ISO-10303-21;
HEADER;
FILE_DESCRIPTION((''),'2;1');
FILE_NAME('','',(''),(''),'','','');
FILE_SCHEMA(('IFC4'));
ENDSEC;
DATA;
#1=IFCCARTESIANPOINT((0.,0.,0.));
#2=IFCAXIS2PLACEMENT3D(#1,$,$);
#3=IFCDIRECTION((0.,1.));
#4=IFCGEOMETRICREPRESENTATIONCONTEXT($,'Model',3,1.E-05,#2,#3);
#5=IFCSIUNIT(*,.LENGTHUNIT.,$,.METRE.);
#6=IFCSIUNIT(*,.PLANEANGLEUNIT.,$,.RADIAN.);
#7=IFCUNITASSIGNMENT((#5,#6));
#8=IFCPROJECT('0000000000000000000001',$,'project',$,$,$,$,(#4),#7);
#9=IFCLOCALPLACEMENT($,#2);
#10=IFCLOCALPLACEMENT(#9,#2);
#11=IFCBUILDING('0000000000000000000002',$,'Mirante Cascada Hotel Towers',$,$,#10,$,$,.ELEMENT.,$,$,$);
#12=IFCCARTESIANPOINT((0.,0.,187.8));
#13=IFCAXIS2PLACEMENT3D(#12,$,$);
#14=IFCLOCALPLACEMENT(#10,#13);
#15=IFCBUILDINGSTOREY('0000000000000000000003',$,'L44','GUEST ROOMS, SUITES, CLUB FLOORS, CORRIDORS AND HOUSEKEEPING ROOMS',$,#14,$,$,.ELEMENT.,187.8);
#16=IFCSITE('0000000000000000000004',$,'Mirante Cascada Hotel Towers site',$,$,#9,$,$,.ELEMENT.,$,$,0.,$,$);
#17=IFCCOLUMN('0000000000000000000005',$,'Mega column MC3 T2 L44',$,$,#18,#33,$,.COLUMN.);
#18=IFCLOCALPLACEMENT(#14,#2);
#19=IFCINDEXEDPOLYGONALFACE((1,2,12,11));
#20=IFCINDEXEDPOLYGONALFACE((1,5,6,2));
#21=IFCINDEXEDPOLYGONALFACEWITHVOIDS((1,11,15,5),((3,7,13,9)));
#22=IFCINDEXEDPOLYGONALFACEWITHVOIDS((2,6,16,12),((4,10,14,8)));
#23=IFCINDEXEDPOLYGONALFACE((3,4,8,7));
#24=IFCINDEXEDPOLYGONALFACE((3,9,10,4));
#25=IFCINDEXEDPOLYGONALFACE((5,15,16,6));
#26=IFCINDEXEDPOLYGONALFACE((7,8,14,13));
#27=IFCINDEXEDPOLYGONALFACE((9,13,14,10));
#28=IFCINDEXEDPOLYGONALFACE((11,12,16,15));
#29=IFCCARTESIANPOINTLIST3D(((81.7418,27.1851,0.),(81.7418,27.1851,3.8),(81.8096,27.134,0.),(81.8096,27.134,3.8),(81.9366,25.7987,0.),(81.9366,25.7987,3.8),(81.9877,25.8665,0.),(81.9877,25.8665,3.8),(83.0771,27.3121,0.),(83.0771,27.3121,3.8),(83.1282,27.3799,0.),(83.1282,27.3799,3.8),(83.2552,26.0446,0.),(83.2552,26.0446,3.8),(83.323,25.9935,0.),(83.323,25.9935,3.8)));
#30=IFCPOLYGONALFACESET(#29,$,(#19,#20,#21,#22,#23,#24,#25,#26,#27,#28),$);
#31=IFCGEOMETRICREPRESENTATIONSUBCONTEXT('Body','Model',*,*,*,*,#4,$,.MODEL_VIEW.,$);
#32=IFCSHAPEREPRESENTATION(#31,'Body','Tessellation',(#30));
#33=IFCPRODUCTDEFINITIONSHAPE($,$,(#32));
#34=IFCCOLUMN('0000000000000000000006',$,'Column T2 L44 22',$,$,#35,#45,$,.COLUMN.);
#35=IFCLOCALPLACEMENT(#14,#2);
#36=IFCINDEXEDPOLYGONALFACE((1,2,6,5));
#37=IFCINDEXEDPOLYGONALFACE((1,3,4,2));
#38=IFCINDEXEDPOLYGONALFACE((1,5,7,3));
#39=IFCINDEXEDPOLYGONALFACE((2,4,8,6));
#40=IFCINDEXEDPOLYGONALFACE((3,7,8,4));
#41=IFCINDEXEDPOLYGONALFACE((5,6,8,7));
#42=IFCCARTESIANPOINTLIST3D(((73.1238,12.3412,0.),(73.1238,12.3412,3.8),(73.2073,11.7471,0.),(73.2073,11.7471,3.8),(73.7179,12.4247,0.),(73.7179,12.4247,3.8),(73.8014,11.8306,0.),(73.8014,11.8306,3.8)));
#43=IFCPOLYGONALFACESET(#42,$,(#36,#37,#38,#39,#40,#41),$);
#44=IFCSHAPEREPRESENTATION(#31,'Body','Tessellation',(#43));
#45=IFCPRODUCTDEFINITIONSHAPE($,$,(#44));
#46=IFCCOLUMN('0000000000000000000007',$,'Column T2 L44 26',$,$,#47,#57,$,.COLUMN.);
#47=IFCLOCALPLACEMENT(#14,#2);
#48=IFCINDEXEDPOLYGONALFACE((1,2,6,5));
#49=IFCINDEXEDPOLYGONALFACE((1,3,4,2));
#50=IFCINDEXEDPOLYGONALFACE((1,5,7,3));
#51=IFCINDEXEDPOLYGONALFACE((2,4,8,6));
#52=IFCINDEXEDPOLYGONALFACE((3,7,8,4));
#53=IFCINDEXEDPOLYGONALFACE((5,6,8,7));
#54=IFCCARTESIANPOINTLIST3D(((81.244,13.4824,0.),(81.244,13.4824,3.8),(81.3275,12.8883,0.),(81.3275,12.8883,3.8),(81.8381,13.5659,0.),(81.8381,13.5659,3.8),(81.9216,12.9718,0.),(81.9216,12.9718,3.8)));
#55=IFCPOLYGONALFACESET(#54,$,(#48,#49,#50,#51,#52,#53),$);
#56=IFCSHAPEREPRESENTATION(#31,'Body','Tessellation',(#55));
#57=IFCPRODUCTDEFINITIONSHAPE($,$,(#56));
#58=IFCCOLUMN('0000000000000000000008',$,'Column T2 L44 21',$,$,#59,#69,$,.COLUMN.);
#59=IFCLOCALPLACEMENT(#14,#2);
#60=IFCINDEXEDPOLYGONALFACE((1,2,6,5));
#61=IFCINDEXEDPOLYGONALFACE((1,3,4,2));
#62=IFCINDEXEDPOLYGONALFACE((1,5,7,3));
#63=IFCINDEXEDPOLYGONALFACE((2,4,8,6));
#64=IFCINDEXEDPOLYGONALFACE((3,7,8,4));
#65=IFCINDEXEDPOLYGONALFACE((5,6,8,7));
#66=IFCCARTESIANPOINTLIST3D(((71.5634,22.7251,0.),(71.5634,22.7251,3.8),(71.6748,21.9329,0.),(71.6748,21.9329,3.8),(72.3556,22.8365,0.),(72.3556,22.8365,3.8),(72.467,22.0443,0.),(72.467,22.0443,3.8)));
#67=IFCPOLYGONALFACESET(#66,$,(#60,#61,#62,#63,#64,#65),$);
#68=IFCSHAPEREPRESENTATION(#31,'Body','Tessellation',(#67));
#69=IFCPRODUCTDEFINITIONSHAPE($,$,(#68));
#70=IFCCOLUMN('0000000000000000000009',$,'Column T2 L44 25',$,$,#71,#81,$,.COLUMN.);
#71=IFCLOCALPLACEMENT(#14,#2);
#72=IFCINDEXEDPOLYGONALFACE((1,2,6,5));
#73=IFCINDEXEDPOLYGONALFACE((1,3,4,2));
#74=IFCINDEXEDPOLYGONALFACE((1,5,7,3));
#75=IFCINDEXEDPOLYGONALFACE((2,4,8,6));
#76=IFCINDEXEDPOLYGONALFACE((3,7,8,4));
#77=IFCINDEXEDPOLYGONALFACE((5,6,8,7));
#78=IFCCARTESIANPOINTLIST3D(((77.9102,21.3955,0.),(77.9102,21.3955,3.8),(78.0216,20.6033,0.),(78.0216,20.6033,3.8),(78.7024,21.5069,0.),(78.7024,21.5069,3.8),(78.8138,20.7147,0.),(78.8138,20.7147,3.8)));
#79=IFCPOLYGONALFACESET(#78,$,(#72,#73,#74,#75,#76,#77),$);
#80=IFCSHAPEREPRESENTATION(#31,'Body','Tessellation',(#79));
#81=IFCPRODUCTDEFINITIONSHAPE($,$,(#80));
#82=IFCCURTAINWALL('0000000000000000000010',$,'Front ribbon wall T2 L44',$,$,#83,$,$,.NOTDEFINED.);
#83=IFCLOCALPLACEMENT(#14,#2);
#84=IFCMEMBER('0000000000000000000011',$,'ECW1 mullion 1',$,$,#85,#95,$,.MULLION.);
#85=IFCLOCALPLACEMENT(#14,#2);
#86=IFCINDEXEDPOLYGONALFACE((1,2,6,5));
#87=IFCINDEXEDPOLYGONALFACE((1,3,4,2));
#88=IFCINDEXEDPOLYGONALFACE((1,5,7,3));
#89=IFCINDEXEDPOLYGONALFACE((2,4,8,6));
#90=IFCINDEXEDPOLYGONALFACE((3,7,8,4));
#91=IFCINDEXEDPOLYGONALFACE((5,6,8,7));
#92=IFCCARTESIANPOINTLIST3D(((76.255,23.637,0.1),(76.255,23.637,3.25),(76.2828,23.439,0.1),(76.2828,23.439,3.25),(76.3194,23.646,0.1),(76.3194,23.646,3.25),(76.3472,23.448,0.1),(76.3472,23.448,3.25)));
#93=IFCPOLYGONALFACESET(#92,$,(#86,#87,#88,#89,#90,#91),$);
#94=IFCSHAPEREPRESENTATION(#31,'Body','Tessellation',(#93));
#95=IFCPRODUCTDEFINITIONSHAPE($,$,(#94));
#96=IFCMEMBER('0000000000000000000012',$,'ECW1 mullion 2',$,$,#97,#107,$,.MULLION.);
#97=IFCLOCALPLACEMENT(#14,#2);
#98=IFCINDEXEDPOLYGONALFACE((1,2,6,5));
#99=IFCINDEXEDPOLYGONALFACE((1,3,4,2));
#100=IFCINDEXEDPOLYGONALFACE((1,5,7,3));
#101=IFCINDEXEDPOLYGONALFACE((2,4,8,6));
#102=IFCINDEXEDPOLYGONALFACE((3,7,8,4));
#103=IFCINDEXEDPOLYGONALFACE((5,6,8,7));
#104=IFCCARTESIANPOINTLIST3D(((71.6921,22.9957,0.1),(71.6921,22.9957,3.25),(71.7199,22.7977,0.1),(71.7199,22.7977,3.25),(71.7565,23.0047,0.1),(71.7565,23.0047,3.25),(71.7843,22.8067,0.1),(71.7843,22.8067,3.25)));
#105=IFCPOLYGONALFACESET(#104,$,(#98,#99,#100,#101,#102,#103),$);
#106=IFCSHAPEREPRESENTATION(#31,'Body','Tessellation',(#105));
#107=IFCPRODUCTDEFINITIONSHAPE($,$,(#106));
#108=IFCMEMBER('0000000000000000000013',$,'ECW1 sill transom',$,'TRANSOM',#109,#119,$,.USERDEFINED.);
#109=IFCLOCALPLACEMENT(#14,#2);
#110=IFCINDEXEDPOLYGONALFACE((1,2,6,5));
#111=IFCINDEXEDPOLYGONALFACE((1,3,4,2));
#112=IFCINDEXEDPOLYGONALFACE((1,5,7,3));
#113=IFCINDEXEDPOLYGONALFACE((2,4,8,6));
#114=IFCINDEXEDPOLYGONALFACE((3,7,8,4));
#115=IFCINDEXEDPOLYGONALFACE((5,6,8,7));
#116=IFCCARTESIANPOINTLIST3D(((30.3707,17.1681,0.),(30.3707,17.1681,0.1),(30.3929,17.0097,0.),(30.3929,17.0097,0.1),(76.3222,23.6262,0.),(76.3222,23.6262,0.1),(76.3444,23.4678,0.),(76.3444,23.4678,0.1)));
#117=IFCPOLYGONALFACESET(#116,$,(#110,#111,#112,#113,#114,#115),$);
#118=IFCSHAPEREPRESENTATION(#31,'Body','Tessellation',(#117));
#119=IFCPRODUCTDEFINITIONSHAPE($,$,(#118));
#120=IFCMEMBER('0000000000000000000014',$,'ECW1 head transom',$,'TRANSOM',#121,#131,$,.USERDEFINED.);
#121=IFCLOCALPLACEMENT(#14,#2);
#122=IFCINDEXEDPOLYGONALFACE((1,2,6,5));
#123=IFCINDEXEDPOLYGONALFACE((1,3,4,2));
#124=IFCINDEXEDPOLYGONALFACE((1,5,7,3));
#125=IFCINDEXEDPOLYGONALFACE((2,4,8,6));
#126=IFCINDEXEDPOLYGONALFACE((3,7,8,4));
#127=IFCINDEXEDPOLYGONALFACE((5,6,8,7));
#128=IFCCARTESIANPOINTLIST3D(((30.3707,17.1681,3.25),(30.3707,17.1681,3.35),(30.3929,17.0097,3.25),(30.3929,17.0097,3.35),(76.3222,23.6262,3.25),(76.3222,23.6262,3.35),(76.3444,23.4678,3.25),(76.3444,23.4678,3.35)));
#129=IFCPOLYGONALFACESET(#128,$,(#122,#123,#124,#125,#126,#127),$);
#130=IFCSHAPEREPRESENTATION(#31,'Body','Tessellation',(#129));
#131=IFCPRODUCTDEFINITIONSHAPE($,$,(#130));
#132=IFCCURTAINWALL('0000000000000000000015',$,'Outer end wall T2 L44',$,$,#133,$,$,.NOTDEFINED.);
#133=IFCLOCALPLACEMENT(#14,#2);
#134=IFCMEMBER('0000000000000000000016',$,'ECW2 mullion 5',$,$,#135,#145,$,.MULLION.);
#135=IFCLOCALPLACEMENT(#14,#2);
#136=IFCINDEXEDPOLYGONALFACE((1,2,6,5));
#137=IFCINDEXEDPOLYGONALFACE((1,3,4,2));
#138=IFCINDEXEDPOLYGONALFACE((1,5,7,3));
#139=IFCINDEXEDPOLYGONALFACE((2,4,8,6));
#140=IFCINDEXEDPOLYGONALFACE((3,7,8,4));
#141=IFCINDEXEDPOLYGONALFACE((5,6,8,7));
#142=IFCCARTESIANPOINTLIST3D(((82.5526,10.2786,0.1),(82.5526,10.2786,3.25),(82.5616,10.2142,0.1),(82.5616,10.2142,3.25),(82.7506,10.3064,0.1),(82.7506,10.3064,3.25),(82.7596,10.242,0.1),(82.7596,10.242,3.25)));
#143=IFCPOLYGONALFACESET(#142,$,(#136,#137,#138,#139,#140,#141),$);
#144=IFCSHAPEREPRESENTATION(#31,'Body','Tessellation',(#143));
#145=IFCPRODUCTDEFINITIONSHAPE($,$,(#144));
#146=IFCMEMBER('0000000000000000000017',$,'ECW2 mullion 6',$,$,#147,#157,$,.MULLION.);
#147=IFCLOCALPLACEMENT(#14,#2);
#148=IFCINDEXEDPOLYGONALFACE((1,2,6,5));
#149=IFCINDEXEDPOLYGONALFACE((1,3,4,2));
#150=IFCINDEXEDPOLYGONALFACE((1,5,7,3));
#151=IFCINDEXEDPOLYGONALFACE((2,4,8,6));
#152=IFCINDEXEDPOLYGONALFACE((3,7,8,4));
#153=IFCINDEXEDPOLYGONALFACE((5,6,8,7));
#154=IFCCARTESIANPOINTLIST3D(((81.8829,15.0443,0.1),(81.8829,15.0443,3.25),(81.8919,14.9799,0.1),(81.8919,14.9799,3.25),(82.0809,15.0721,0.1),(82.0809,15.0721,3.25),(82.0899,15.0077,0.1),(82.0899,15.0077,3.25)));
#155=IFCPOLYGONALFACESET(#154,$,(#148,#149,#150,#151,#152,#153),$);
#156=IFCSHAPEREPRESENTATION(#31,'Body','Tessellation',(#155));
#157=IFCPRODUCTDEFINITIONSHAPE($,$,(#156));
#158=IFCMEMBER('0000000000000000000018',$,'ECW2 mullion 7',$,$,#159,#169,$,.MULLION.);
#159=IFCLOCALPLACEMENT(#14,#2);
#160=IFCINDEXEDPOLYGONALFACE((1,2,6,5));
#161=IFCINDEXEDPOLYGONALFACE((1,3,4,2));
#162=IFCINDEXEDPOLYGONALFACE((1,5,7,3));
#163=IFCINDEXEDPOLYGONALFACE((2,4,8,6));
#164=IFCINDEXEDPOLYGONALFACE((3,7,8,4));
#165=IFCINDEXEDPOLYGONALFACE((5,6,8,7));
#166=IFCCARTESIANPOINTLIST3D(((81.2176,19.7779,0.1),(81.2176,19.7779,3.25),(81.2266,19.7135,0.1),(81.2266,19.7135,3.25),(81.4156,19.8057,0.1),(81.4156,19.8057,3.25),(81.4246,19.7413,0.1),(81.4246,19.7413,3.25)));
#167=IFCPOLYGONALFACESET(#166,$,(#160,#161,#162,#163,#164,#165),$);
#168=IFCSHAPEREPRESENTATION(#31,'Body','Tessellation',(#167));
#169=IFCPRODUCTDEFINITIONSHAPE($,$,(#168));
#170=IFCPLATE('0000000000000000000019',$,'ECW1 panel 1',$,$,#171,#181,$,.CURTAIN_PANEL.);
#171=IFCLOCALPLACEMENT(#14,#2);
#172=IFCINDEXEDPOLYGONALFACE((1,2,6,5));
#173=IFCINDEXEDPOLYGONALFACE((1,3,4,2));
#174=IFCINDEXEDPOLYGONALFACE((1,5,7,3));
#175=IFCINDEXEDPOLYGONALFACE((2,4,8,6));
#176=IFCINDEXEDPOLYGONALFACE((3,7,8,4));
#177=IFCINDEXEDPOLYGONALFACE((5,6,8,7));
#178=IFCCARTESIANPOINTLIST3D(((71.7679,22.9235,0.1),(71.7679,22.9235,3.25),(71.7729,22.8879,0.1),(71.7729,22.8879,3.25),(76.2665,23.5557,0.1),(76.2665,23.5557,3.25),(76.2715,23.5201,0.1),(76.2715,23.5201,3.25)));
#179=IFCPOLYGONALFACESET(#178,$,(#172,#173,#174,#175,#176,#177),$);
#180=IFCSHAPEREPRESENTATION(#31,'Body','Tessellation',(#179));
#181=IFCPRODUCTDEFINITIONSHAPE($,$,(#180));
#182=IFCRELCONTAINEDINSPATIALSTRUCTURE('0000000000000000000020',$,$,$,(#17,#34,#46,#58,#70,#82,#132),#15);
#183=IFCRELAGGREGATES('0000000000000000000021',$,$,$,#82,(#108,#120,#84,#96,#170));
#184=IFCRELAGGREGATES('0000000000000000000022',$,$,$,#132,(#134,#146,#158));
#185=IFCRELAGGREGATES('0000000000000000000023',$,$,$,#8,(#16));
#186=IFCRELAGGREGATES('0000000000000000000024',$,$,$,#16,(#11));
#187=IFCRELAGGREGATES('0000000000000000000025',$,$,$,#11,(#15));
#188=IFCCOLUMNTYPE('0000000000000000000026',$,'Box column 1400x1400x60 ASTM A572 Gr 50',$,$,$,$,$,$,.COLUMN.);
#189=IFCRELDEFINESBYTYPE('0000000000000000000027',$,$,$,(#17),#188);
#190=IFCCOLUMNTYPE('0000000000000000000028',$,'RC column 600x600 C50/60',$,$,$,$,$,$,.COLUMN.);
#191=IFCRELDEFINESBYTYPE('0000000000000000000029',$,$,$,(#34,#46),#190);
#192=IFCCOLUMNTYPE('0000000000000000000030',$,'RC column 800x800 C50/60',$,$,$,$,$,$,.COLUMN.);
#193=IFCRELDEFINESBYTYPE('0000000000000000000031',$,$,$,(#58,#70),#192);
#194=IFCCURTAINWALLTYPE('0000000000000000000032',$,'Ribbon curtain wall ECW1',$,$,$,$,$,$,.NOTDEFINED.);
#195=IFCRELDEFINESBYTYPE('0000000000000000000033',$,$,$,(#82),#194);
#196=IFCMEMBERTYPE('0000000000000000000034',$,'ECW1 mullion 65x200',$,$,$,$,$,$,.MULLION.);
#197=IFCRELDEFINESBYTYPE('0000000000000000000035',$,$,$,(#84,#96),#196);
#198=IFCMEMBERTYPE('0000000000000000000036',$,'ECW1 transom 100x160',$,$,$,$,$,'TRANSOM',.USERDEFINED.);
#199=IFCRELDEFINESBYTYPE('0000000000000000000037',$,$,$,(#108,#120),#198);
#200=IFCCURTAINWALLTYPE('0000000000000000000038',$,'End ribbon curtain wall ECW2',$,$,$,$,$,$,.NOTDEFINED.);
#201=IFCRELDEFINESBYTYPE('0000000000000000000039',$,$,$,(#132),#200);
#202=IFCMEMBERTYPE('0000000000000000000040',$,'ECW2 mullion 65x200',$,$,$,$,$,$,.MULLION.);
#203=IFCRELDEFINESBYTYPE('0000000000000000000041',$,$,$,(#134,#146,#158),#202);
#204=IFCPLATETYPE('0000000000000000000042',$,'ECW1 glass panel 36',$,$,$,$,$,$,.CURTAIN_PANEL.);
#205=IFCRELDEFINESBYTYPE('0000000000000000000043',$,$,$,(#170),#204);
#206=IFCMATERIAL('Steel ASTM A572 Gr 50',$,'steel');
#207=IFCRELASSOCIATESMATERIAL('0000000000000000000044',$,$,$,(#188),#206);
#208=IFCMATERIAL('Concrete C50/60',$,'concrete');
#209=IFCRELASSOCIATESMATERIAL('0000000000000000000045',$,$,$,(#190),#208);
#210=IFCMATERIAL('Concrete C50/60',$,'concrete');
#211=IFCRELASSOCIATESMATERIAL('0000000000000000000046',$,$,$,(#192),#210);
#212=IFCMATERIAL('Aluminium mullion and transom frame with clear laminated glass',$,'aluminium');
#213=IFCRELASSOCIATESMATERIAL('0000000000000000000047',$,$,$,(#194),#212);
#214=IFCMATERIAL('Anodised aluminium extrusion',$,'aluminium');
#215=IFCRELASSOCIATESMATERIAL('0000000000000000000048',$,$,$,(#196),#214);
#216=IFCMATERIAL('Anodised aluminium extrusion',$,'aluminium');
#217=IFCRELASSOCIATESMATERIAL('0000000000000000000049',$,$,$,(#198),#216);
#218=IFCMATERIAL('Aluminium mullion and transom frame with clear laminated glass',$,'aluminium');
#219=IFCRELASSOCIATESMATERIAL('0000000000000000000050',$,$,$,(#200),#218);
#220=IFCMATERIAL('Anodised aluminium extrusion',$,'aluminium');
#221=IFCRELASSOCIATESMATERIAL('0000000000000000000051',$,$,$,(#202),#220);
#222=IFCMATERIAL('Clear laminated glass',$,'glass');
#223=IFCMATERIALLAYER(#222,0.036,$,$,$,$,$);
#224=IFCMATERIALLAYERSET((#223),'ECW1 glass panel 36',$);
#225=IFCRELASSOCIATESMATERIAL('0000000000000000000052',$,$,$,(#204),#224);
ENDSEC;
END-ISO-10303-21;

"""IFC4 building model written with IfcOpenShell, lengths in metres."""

from ifc_helpers import new_model, si_unit, direction, frame, origin, origin_2d, place, context, subcontext, project, spatial, rectangle, hollow_rectangle, extrude, material, layer, layer_set, material_profile, profile_set, type_object, element, aggregate, save


model = new_model("IFC4")

# Units and contexts
model_context = context("Model", 3, precision=1e-05, world=origin(), true_north=direction((0.0, 1.0)))
body_context = subcontext(model_context, "Body", "Model", "MODEL_VIEW")
ifc_project = project(units=[si_unit("LENGTHUNIT", "METRE"), si_unit("PLANEANGLEUNIT", "RADIAN")], contexts=[model_context])

# Site, building, storey
site_placement = place(None, origin())
site = spatial("IfcSite", under=ifc_project, at=site_placement, Name="Mirante Cascada Hotel Towers site", CompositionType="ELEMENT", RefElevation=0.0)
building_placement = place(site_placement, origin())
building = spatial("IfcBuilding", under=site, at=building_placement, Name="Mirante Cascada Hotel Towers", CompositionType="ELEMENT")
storey_placement = place(building_placement, frame((0.0, 0.0, 187.8)))
storey = spatial("IfcBuildingStorey", under=building, at=storey_placement, Name="L44", Description="GUEST ROOMS, SUITES, CLUB FLOORS, CORRIDORS AND HOUSEKEEPING ROOMS", CompositionType="ELEMENT", Elevation=187.8)

# Columns
ifc_material_1 = material(Name="Steel ASTM A572 Gr 50", Category="steel")
ifc_material_profile_1 = material_profile(ifc_material_1, hollow_rectangle(XDim=1.4, YDim=1.4, WallThickness=0.06, at=origin_2d()), Name="Box column 1400x1400x60 ASTM A572 Gr 50")
ifc_profile_set_1 = profile_set([ifc_material_profile_1], Name="Steel ASTM A572 Gr 50")
column_type_1 = type_object("IfcColumnType", Name="Box column 1400x1400x60 ASTM A572 Gr 50", PredefinedType="COLUMN", material=ifc_profile_set_1)
column_placement = place(storey_placement, frame((82.5324, 26.5893, 0.0), z_axis=(0.0, 0.0, 1.0), x_axis=(0.990268, 0.139173, 0.0)))
element("IfcColumn", 1, at=column_placement, inside=storey, type_object=column_type_1, Name="Mega column MC3 T2 L44", PredefinedType="COLUMN", context=body_context, shape_type="SweptSolid", body=[
    extrude(hollow_rectangle(XDim=1.4, YDim=1.4, WallThickness=0.06, at=origin_2d()), origin(), (0.0, 0.0, 1.0), 3.8),
])
ifc_material_2 = material(Name="Concrete C50/60", Category="concrete")
ifc_material_profile_2 = material_profile(ifc_material_2, rectangle(XDim=0.6, YDim=0.6, at=origin_2d()), Name="RC column 600x600 C50/60")
ifc_profile_set_2 = profile_set([ifc_material_profile_2], Name="Concrete C50/60")
column_type_2 = type_object("IfcColumnType", Name="RC column 600x600 C50/60", PredefinedType="COLUMN", material=ifc_profile_set_2)
for number, where, z_axis, x_axis, name in (
    (2, (73.4626, 12.0859, 0.0), (0.0, 0.0, 1.0), (0.990268, 0.139173, 0.0), "Column T2 L44 22"),
    (3, (81.5828, 13.2271, 0.0), (0.0, 0.0, 1.0), (0.990268, 0.139173, 0.0), "Column T2 L44 26"),
):
    element("IfcColumn", number, at=place(storey_placement, frame(where, z_axis=z_axis, x_axis=x_axis)), inside=storey, type_object=column_type_2, Name=name, PredefinedType="COLUMN", context=body_context, shape_type="SweptSolid", body=[
        extrude(rectangle(XDim=0.6, YDim=0.6, at=origin_2d()), origin(), (0.0, 0.0, 1.0), 3.8),
    ])
ifc_material_3 = material(Name="Concrete C50/60", Category="concrete")
ifc_material_profile_3 = material_profile(ifc_material_3, rectangle(XDim=0.8, YDim=0.8, at=origin_2d()), Name="RC column 800x800 C50/60")
ifc_profile_set_3 = profile_set([ifc_material_profile_3], Name="Concrete C50/60")
column_type_3 = type_object("IfcColumnType", Name="RC column 800x800 C50/60", PredefinedType="COLUMN", material=ifc_profile_set_3)
for number, where, z_axis, x_axis, name in (
    (4, (72.0152, 22.3847, 0.0), (0.0, 0.0, 1.0), (0.990268, 0.139173, 0.0), "Column T2 L44 21"),
    (5, (78.362, 21.0551, 0.0), (0.0, 0.0, 1.0), (0.990268, 0.139173, 0.0), "Column T2 L44 25"),
):
    element("IfcColumn", number, at=place(storey_placement, frame(where, z_axis=z_axis, x_axis=x_axis)), inside=storey, type_object=column_type_3, Name=name, PredefinedType="COLUMN", context=body_context, shape_type="SweptSolid", body=[
        extrude(rectangle(XDim=0.8, YDim=0.8, at=origin_2d()), origin(), (0.0, 0.0, 1.0), 3.8),
    ])

# Curtain walls, members
ifc_material_4 = material(Name="Aluminium mullion and transom frame with clear laminated glass", Category="aluminium")
curtain_wall_type_1 = type_object("IfcCurtainWallType", Name="Ribbon curtain wall ECW1", PredefinedType="NOTDEFINED", material=ifc_material_4)
curtain_wall_1_placement = place(storey_placement, origin())
curtain_wall_1 = element("IfcCurtainWall", 6, at=curtain_wall_1_placement, inside=storey, type_object=curtain_wall_type_1, Name="Front ribbon wall T2 L44", PredefinedType="NOTDEFINED")
ifc_material_5 = material(Name="Anodised aluminium extrusion", Category="aluminium")
ifc_material_profile_4 = material_profile(ifc_material_5, rectangle(XDim=0.2, YDim=0.065, at=origin_2d()), Name="ECW1 MULLION 65x200")
ifc_profile_set_4 = profile_set([ifc_material_profile_4], Name="Anodised aluminium extrusion")
member_type_1 = type_object("IfcMemberType", Name="ECW1 mullion 65x200", PredefinedType="MULLION", material=ifc_profile_set_4)
member_1_placement = place(storey_placement, frame((76.3011, 23.5425, 0.1), z_axis=(0.0, 0.0, 1.0), x_axis=(0.139173, -0.990268, 0.0)))
member_1 = element("IfcMember", 7, at=member_1_placement, type_object=member_type_1, Name="ECW1 mullion 1", PredefinedType="MULLION", context=body_context, shape_type="SweptSolid", body=[
    extrude(rectangle(XDim=0.2, YDim=0.065, at=origin_2d()), origin(), (0.0, 0.0, 1.0), 3.15),
])
member_2_placement = place(storey_placement, frame((71.7382, 22.9012, 0.1), z_axis=(0.0, 0.0, 1.0), x_axis=(0.139173, -0.990268, 0.0)))
member_2 = element("IfcMember", 8, at=member_2_placement, type_object=member_type_1, Name="ECW1 mullion 2", PredefinedType="MULLION", context=body_context, shape_type="SweptSolid", body=[
    extrude(rectangle(XDim=0.2, YDim=0.065, at=origin_2d()), origin(), (0.0, 0.0, 1.0), 3.15),
])
ifc_material_6 = material(Name="Anodised aluminium extrusion", Category="aluminium")
ifc_material_profile_5 = material_profile(ifc_material_6, rectangle(XDim=0.16, YDim=0.1, at=origin_2d()), Name="ECW1 TRANSOM 100x160")
ifc_profile_set_5 = profile_set([ifc_material_profile_5], Name="Anodised aluminium extrusion")
member_type_2 = type_object("IfcMemberType", Name="ECW1 transom 100x160", ElementType="TRANSOM", PredefinedType="USERDEFINED", material=ifc_profile_set_5)
member_3_placement = place(storey_placement, frame((76.3333, 23.547, 0.05), z_axis=(-0.990268, -0.139174, 0.0), x_axis=(0.139174, -0.990268, 0.0)))
member_3 = element("IfcMember", 9, at=member_3_placement, type_object=member_type_2, Name="ECW1 sill transom", ObjectType="TRANSOM", PredefinedType="USERDEFINED", context=body_context, shape_type="SweptSolid", body=[
    extrude(rectangle(XDim=0.16, YDim=0.1, at=origin_2d()), origin(), (0.0, 0.0, 1.0), 46.4031),
])
member_4_placement = place(storey_placement, frame((76.3333, 23.547, 3.3), z_axis=(-0.990268, -0.139174, 0.0), x_axis=(0.139174, -0.990268, 0.0)))
member_4 = element("IfcMember", 10, at=member_4_placement, type_object=member_type_2, Name="ECW1 head transom", ObjectType="TRANSOM", PredefinedType="USERDEFINED", context=body_context, shape_type="SweptSolid", body=[
    extrude(rectangle(XDim=0.16, YDim=0.1, at=origin_2d()), origin(), (0.0, 0.0, 1.0), 46.4031),
])
ifc_material_7 = material(Name="Aluminium mullion and transom frame with clear laminated glass", Category="aluminium")
curtain_wall_type_2 = type_object("IfcCurtainWallType", Name="End ribbon curtain wall ECW2", PredefinedType="NOTDEFINED", material=ifc_material_7)
curtain_wall_2_placement = place(storey_placement, origin())
curtain_wall_2 = element("IfcCurtainWall", 11, at=curtain_wall_2_placement, inside=storey, type_object=curtain_wall_type_2, Name="Outer end wall T2 L44", PredefinedType="NOTDEFINED")
ifc_material_8 = material(Name="Anodised aluminium extrusion", Category="aluminium")
ifc_material_profile_6 = material_profile(ifc_material_8, rectangle(XDim=0.2, YDim=0.065, at=origin_2d()), Name="ECW2 MULLION 65x200")
ifc_profile_set_6 = profile_set([ifc_material_profile_6], Name="Anodised aluminium extrusion")
member_type_3 = type_object("IfcMemberType", Name="ECW2 mullion 65x200", PredefinedType="MULLION", material=ifc_profile_set_6)
member_5_placement = place(storey_placement, frame((82.6561, 10.2603, 0.1), z_axis=(0.0, 0.0, 1.0), x_axis=(-0.990268, -0.139173, 0.0)))
member_5 = element("IfcMember", 12, at=member_5_placement, type_object=member_type_3, Name="ECW2 mullion 5", PredefinedType="MULLION", context=body_context, shape_type="SweptSolid", body=[
    extrude(rectangle(XDim=0.2, YDim=0.065, at=origin_2d()), origin(), (0.0, 0.0, 1.0), 3.15),
])
member_6_placement = place(storey_placement, frame((81.9864, 15.026, 0.1), z_axis=(0.0, 0.0, 1.0), x_axis=(-0.990268, -0.139173, 0.0)))
member_6 = element("IfcMember", 13, at=member_6_placement, type_object=member_type_3, Name="ECW2 mullion 6", PredefinedType="MULLION", context=body_context, shape_type="SweptSolid", body=[
    extrude(rectangle(XDim=0.2, YDim=0.065, at=origin_2d()), origin(), (0.0, 0.0, 1.0), 3.15),
])
member_7_placement = place(storey_placement, frame((81.3211, 19.7596, 0.1), z_axis=(0.0, 0.0, 1.0), x_axis=(-0.990268, -0.139173, 0.0)))
member_7 = element("IfcMember", 14, at=member_7_placement, type_object=member_type_3, Name="ECW2 mullion 7", PredefinedType="MULLION", context=body_context, shape_type="SweptSolid", body=[
    extrude(rectangle(XDim=0.2, YDim=0.065, at=origin_2d()), origin(), (0.0, 0.0, 1.0), 3.15),
])

# Plate
ifc_material_9 = material(Name="Clear laminated glass", Category="glass")
ifc_layer_1 = layer(ifc_material_9, 0.036)
ifc_layer_set_1 = layer_set([ifc_layer_1], Name="ECW1 glass panel 36")
plate_type_1 = type_object("IfcPlateType", Name="ECW1 glass panel 36", PredefinedType="CURTAIN_PANEL", material=ifc_layer_set_1)
plate_1_placement = place(storey_placement, frame((74.0197, 23.2218, 0.1), z_axis=(0.0, 0.0, 1.0), x_axis=(-0.990268, -0.139173, 0.0)))
plate_1 = element("IfcPlate", 15, at=plate_1_placement, type_object=plate_type_1, Name="ECW1 panel 1", PredefinedType="CURTAIN_PANEL", context=body_context, shape_type="SweptSolid", body=[
    extrude(rectangle(XDim=4.5428, YDim=0.036, at=origin_2d()), origin(), (0.0, 0.0, 1.0), 3.15),
])
aggregate(curtain_wall_1, [member_3, member_4, member_1, member_2, plate_1])
aggregate(curtain_wall_2, [member_5, member_6, member_7])

save(model, "model.ifc")
